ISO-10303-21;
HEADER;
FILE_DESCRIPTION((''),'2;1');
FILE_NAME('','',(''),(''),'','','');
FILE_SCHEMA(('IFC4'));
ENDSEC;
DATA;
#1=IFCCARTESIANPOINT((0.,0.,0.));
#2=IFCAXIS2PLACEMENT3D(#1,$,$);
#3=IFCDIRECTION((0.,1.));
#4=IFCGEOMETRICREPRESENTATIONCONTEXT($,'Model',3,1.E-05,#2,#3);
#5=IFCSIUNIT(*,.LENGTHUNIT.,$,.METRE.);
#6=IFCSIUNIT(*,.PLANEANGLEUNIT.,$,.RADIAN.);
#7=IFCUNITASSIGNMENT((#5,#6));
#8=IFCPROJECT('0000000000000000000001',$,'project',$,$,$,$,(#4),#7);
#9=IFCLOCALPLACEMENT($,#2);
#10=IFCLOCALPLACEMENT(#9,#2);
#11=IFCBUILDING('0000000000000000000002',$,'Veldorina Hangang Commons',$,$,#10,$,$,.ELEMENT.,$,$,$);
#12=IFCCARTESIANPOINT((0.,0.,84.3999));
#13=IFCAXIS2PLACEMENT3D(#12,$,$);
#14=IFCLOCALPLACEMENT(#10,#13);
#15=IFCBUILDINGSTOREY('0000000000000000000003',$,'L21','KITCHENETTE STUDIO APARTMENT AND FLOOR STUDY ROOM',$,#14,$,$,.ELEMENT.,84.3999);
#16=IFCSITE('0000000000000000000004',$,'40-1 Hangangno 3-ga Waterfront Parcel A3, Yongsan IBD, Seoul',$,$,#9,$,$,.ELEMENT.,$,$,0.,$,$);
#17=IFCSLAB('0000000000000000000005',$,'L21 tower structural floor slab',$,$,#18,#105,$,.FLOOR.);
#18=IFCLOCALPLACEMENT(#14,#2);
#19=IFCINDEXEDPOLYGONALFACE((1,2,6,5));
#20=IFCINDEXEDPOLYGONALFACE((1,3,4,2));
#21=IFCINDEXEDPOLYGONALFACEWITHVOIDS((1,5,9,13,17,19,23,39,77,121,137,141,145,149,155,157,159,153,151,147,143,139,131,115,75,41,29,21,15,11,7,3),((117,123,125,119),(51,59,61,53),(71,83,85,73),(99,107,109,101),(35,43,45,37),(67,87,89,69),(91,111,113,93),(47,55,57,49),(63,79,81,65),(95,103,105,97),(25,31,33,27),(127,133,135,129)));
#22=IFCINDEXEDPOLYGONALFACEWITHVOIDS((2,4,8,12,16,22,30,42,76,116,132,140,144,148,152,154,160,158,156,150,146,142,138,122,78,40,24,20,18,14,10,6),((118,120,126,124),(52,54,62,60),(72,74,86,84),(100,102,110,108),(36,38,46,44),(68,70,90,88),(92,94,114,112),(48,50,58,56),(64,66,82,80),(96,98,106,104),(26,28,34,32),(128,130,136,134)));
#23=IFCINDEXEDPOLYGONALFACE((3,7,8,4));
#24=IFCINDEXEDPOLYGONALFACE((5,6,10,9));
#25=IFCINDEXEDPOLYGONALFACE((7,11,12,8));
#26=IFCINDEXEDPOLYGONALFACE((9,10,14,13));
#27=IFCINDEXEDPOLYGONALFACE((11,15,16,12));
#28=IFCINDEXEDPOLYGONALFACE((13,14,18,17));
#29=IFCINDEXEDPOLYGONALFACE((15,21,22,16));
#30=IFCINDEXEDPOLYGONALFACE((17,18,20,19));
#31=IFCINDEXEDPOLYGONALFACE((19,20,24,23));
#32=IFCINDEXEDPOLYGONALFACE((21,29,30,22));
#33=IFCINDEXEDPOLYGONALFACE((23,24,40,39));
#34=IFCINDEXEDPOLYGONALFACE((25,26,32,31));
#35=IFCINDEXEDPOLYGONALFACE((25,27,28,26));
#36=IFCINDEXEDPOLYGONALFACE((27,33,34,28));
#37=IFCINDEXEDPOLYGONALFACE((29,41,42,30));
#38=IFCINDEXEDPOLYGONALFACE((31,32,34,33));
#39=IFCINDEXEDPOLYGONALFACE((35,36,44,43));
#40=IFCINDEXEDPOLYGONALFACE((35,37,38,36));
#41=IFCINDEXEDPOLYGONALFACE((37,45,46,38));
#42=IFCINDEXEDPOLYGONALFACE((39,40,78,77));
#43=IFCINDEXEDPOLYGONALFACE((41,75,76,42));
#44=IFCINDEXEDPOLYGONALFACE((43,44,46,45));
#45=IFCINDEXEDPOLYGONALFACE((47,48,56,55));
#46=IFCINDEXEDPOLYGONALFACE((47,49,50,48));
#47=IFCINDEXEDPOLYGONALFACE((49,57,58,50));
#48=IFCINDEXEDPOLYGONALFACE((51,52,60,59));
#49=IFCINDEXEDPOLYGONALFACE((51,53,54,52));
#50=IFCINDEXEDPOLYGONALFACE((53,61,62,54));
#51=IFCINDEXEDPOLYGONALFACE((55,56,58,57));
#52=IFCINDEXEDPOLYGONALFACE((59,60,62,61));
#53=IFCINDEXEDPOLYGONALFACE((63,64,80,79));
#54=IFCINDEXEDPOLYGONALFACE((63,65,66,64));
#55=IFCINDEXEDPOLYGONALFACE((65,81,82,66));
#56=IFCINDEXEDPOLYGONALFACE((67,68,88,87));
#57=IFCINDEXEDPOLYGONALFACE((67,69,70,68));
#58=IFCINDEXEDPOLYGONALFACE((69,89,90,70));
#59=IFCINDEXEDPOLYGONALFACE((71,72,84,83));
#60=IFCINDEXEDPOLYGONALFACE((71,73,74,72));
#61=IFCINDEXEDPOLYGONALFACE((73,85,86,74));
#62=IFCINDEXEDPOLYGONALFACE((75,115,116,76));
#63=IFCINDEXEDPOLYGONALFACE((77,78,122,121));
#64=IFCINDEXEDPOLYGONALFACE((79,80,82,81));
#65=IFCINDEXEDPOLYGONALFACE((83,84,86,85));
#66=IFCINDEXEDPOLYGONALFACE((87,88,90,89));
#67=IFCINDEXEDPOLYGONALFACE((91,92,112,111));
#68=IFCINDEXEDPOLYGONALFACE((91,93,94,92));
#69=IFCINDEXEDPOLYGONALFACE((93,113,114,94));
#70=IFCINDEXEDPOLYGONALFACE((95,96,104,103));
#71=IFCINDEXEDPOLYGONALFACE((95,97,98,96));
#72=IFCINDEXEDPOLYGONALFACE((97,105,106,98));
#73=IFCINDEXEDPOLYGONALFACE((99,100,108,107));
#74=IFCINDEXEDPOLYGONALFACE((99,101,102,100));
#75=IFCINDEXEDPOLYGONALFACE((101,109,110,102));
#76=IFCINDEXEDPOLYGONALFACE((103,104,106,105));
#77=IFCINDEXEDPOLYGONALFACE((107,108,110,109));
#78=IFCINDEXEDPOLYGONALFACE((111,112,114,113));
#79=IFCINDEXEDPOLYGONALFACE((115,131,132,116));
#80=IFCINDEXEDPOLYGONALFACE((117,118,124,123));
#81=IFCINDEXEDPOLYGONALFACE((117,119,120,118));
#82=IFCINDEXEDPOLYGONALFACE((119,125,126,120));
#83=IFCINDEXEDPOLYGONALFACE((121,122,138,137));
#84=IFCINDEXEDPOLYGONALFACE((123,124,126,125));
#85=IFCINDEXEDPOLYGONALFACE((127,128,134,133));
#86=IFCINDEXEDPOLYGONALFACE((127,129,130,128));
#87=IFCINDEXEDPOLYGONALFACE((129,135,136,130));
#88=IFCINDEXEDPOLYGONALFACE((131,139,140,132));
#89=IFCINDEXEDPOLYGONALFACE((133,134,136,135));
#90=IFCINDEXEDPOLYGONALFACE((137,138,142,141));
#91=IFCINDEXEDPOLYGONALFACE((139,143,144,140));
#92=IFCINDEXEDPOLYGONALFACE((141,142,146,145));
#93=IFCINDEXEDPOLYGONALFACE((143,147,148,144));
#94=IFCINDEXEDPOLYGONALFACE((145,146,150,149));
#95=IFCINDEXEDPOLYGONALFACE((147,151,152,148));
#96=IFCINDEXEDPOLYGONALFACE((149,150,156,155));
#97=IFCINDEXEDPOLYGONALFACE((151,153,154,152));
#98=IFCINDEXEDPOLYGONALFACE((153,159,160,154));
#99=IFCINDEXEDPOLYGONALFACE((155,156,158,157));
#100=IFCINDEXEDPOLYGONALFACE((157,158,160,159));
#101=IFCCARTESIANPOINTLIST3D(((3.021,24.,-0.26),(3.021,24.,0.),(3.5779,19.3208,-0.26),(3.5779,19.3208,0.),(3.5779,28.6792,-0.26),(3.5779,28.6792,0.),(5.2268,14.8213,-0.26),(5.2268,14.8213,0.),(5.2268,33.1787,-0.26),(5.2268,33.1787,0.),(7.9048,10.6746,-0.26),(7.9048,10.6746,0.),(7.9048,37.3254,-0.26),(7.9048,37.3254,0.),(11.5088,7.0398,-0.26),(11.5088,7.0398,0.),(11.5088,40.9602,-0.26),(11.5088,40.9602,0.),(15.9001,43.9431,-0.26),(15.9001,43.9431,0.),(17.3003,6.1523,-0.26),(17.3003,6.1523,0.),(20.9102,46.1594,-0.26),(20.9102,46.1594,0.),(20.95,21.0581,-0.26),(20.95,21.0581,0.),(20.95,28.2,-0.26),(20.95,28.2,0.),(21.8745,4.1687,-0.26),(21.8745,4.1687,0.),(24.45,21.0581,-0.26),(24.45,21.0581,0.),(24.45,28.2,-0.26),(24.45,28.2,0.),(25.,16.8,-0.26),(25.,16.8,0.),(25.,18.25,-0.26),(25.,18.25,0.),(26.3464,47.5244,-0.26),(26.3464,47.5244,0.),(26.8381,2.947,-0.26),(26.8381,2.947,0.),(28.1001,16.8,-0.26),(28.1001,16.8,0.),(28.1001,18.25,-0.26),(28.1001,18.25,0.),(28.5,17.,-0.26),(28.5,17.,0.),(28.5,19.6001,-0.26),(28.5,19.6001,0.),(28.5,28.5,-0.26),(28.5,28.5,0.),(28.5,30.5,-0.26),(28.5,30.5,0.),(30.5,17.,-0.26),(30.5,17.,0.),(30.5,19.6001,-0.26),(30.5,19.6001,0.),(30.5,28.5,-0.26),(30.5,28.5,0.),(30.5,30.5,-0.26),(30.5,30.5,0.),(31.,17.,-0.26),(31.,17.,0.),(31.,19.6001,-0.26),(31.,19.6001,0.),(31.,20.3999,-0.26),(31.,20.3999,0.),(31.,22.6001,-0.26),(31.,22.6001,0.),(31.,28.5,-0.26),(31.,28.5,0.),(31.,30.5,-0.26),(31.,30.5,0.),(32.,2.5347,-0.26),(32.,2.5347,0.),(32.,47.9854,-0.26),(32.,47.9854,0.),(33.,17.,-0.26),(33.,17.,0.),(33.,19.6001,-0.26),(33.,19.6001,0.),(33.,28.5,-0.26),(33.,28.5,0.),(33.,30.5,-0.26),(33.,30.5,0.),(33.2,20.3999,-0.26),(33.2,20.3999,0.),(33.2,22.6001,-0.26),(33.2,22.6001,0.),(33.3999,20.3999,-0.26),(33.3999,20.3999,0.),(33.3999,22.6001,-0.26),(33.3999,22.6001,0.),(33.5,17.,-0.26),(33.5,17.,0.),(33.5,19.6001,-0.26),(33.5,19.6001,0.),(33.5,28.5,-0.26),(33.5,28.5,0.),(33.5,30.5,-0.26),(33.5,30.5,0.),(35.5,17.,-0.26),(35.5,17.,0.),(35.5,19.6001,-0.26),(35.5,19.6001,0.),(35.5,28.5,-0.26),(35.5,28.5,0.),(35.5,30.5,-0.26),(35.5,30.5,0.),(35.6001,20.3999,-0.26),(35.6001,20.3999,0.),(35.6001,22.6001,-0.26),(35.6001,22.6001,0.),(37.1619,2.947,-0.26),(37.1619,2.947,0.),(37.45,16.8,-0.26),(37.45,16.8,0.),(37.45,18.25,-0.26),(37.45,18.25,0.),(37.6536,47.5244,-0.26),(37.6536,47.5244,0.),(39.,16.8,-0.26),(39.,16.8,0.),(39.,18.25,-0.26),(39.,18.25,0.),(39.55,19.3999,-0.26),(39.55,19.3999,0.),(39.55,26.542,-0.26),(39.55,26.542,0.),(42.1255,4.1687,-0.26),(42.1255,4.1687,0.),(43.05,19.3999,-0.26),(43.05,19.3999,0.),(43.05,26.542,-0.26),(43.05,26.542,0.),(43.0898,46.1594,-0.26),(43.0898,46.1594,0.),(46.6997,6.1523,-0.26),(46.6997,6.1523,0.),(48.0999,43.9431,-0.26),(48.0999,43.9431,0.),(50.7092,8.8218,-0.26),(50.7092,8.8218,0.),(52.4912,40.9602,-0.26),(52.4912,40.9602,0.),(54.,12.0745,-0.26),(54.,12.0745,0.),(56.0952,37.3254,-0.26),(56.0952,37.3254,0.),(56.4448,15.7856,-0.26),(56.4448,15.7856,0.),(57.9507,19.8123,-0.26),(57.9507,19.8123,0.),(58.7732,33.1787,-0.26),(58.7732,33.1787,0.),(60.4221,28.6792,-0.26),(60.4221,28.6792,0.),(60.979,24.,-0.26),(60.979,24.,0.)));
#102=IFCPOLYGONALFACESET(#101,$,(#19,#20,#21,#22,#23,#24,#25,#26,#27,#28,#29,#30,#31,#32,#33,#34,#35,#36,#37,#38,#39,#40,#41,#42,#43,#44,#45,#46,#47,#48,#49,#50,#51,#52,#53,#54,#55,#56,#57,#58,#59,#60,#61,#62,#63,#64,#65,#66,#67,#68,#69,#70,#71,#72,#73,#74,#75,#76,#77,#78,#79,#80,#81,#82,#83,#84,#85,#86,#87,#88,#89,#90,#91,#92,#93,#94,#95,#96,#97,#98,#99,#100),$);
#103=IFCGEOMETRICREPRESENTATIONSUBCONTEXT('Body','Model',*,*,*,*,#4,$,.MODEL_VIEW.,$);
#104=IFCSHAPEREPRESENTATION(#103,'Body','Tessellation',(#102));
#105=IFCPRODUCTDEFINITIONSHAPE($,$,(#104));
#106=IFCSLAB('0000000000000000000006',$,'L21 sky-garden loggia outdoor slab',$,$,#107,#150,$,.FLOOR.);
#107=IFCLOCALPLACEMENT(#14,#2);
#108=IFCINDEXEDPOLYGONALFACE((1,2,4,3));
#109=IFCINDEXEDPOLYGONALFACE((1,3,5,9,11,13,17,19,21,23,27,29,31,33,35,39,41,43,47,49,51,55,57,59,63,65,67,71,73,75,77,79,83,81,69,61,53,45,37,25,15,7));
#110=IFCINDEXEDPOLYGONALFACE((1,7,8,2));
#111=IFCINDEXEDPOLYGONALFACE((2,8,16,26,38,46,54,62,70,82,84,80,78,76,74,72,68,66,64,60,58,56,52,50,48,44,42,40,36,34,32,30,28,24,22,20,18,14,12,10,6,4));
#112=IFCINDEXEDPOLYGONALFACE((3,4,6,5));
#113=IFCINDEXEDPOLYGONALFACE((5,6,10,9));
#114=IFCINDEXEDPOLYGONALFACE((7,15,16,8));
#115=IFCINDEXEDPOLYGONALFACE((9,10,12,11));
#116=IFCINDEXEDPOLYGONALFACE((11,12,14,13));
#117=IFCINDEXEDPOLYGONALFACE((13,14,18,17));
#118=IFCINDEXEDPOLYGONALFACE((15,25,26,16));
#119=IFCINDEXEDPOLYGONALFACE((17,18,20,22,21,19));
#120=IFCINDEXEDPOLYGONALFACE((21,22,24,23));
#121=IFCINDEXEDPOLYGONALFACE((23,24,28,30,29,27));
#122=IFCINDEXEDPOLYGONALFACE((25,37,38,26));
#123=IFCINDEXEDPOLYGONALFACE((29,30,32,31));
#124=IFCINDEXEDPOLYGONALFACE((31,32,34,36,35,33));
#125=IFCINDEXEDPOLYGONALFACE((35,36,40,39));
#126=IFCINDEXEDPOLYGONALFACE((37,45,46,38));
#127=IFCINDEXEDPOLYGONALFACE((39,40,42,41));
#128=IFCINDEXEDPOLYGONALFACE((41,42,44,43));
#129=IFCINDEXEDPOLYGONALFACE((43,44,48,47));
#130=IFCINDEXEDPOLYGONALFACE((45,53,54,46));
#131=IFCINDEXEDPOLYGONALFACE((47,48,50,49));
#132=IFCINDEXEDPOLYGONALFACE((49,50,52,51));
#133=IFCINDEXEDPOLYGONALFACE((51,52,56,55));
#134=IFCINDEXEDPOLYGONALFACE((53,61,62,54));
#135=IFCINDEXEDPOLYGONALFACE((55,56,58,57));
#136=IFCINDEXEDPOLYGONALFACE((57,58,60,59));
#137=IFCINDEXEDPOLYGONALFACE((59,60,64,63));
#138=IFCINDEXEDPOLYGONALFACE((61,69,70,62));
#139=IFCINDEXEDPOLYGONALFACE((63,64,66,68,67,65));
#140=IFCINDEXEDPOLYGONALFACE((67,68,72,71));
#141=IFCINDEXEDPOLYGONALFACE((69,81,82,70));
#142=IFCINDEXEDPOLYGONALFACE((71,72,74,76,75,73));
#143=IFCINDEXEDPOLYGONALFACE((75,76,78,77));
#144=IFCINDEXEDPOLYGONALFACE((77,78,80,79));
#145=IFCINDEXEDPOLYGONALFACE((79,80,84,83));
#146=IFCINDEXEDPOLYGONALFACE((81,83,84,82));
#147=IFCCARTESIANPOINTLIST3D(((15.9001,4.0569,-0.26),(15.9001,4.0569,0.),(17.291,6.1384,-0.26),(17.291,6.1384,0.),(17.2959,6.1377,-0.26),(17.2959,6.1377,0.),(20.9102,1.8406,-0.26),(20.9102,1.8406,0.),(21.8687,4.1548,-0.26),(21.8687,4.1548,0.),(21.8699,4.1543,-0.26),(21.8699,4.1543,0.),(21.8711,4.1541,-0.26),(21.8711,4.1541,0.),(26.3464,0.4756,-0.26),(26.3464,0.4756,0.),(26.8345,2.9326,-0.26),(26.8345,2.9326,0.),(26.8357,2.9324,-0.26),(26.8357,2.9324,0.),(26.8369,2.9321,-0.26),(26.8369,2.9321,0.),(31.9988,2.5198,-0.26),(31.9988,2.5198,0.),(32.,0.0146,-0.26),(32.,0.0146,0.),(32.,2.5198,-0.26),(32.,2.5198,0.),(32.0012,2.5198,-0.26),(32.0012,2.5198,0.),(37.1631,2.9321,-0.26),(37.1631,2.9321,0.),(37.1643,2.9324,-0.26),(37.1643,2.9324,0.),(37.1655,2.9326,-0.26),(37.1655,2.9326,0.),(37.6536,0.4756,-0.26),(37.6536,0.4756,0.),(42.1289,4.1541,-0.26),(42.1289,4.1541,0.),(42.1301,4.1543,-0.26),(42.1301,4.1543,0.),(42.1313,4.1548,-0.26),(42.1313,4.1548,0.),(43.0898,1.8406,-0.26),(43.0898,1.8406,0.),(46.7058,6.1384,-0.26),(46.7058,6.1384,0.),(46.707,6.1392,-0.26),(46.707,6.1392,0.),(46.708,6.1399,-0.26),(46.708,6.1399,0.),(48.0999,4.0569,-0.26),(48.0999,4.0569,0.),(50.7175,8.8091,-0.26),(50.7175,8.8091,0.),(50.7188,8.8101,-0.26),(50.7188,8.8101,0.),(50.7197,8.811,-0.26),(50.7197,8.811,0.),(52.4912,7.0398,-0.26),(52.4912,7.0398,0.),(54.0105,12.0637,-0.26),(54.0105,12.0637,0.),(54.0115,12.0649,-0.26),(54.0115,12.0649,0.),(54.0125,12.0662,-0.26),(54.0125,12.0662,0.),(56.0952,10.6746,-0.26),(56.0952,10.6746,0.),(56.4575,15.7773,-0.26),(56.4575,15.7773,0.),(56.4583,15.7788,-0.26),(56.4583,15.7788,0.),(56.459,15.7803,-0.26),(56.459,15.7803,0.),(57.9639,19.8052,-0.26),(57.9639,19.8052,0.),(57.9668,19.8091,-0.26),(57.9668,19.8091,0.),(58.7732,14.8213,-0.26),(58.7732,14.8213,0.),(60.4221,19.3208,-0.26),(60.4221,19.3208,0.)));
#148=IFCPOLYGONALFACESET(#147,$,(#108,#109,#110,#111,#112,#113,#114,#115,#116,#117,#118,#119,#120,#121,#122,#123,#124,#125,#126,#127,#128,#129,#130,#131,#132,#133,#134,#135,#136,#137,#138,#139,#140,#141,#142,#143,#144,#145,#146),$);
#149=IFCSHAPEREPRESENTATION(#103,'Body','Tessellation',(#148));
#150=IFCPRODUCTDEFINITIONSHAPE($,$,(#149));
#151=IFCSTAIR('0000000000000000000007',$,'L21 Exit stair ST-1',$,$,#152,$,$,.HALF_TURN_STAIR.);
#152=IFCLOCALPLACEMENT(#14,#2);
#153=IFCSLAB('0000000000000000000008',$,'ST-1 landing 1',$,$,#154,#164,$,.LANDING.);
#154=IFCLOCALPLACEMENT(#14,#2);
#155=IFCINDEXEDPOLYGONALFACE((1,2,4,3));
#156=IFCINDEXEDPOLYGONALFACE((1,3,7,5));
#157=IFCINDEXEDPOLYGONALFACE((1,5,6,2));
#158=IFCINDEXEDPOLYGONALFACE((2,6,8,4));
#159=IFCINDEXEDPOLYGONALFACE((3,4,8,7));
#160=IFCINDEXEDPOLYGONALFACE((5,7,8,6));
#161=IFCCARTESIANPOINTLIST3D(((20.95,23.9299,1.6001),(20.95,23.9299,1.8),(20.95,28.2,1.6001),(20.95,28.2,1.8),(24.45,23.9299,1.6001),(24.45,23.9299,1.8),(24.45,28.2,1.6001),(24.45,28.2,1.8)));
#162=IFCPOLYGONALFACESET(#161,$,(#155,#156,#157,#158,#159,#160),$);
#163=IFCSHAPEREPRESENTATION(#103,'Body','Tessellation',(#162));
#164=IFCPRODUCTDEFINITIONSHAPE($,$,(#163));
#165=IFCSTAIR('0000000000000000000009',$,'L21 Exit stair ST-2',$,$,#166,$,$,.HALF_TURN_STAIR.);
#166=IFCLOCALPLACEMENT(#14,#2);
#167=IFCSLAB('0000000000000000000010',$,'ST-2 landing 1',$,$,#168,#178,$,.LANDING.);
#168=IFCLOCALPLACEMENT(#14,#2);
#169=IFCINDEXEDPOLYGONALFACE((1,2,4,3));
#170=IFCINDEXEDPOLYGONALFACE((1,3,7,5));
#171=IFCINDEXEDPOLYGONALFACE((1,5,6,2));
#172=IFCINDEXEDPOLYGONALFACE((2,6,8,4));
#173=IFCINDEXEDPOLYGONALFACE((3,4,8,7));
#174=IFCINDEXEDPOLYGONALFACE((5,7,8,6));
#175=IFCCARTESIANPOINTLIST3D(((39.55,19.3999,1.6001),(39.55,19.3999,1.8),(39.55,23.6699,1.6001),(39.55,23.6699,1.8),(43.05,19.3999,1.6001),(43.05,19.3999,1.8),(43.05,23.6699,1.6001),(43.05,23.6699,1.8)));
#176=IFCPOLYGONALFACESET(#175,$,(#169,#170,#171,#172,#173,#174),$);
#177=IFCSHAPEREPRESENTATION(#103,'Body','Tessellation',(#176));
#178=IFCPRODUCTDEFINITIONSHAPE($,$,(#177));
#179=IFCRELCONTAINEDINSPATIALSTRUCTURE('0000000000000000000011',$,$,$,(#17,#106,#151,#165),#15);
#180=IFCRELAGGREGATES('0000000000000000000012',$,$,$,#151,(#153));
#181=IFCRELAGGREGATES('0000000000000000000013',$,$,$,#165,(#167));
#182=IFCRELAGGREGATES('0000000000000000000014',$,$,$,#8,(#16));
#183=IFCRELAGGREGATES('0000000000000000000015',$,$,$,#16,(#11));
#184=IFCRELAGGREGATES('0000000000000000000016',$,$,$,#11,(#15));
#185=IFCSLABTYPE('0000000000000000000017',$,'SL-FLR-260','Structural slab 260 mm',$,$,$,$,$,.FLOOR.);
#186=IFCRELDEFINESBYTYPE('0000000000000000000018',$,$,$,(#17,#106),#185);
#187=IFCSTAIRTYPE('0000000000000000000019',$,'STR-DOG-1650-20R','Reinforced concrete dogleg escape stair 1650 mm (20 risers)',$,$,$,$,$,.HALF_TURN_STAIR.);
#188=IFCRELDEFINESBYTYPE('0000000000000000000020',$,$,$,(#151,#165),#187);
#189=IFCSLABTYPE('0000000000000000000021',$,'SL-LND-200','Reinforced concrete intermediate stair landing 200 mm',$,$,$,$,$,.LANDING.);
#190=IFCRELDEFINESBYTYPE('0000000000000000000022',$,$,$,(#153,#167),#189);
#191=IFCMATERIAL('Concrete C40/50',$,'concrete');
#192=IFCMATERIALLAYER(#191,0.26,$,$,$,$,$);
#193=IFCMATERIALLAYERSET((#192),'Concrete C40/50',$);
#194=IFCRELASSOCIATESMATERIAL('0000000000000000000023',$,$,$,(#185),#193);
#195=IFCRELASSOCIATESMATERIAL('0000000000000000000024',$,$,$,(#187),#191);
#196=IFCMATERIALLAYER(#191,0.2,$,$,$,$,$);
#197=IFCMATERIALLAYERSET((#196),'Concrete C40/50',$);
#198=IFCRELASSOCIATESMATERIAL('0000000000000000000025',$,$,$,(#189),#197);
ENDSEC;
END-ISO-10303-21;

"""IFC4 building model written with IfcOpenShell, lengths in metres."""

from ifc_helpers import new_model, si_unit, direction, frame, origin, place, context, subcontext, project, spatial, polyline, outline, extrude, material, layer, layer_set, type_object, element, aggregate, save


model = new_model("IFC4")

# Units and contexts
model_context = context("Model", 3, precision=1e-05, world=origin(), true_north=direction((0.0, 1.0)))
body_context = subcontext(model_context, "Body", "Model", "MODEL_VIEW")
ifc_project = project(units=[si_unit("LENGTHUNIT", "METRE"), si_unit("PLANEANGLEUNIT", "RADIAN")], contexts=[model_context])

# Site, building, storey
site_placement = place(None, origin())
site = spatial("IfcSite", under=ifc_project, at=site_placement, Name="40-1 Hangangno 3-ga Waterfront Parcel A3, Yongsan IBD, Seoul", CompositionType="ELEMENT", RefElevation=0.0)
building_placement = place(site_placement, origin())
building = spatial("IfcBuilding", under=site, at=building_placement, Name="Veldorina Hangang Commons", CompositionType="ELEMENT")
storey_placement = place(building_placement, frame((0.0, 0.0, 84.3999)))
storey = spatial("IfcBuildingStorey", under=building, at=storey_placement, Name="L21", Description="KITCHENETTE STUDIO APARTMENT AND FLOOR STUDY ROOM", CompositionType="ELEMENT", Elevation=84.3999)

# Slabs
ifc_material_1 = material(Name="Concrete C40/50", Category="concrete")
ifc_layer_1 = layer(ifc_material_1, 0.26)
ifc_layer_set_1 = layer_set([ifc_layer_1], Name="Concrete C40/50")
slab_type_1 = type_object("IfcSlabType", Name="SL-FLR-260", Description="Structural slab 260 mm", PredefinedType="FLOOR", material=ifc_layer_set_1)
slab_1_placement = place(storey_placement, frame((0.0, 0.0, -0.26)))
element("IfcSlab", 1, at=slab_1_placement, inside=storey, type_object=slab_type_1, Name="L21 tower structural floor slab", PredefinedType="FLOOR", context=body_context, shape_type="SweptSolid", body=[
    extrude(outline(polyline([(60.979, 24.0), (60.4221, 28.6792), (58.7732, 33.1787), (56.0952, 37.3254), (52.4912, 40.9602), (48.0999, 43.9431), (43.0898, 46.1594), (37.6536, 47.5244), (32.0, 47.9854), (26.3464, 47.5244), (20.9102, 46.1594), (15.9001, 43.9431), (11.5088, 40.9602), (7.9048, 37.3254), (5.2268, 33.1787), (3.5779, 28.6792), (3.021, 24.0), (3.5779, 19.3208), (5.2268, 14.8213), (7.9048, 10.6746), (11.5088, 7.0398), (17.3003, 6.1523), (21.8745, 4.1687), (26.8381, 2.947), (32.0, 2.5347), (37.1619, 2.947), (42.1255, 4.1687), (46.6997, 6.1523), (50.7092, 8.8218), (54.0, 12.0745), (56.4448, 15.7856), (57.9507, 19.8123), (60.979, 24.0)]), holes=[polyline([(20.95, 21.0581), (20.95, 28.2), (24.45, 28.2), (24.45, 21.0581), (20.95, 21.0581)]), polyline([(43.05, 26.542), (43.05, 19.3999), (39.55, 19.3999), (39.55, 26.542), (43.05, 26.542)]), polyline([(28.5, 30.5), (30.5, 30.5), (30.5, 28.5), (28.5, 28.5), (28.5, 30.5)]), polyline([(31.0, 30.5), (33.0, 30.5), (33.0, 28.5), (31.0, 28.5), (31.0, 30.5)]), polyline([(33.5, 30.5), (35.5, 30.5), (35.5, 28.5), (33.5, 28.5), (33.5, 30.5)]), polyline([(31.0, 22.6001), (33.2, 22.6001), (33.2, 20.3999), (31.0, 20.3999), (31.0, 22.6001)]), polyline([(33.3999, 22.6001), (35.6001, 22.6001), (35.6001, 20.3999), (33.3999, 20.3999), (33.3999, 22.6001)]), polyline([(28.5, 19.6001), (30.5, 19.6001), (30.5, 17.0), (28.5, 17.0), (28.5, 19.6001)]), polyline([(31.0, 19.6001), (33.0, 19.6001), (33.0, 17.0), (31.0, 17.0), (31.0, 19.6001)]), polyline([(33.5, 19.6001), (35.5, 19.6001), (35.5, 17.0), (33.5, 17.0), (33.5, 19.6001)]), polyline([(25.0, 18.25), (28.1001, 18.25), (28.1001, 16.8), (25.0, 16.8), (25.0, 18.25)]), polyline([(37.45, 18.25), (39.0, 18.25), (39.0, 16.8), (37.45, 16.8), (37.45, 18.25)])]), origin(), (0.0, 0.0, 1.0), 0.26),
])
slab_2_placement = place(storey_placement, frame((0.0, 0.0, -0.26)))
element("IfcSlab", 2, at=slab_2_placement, inside=storey, type_object=slab_type_1, Name="L21 sky-garden loggia outdoor slab", PredefinedType="FLOOR", context=body_context, shape_type="SweptSolid", body=[
    extrude(outline(polyline([(60.4221, 19.3208), (58.7732, 14.8213), (56.0952, 10.6746), (52.4912, 7.0398), (48.0999, 4.0569), (43.0898, 1.8406), (37.6536, 0.4756), (32.0, 0.0146), (26.3464, 0.4756), (20.9102, 1.8406), (15.9001, 4.0569), (17.291, 6.1384), (17.2959, 6.1377), (21.8687, 4.1548), (21.8699, 4.1543), (21.8711, 4.1541), (26.8345, 2.9326), (26.8357, 2.9324), (26.8369, 2.9321), (31.9988, 2.5198), (32.0, 2.5198), (32.0012, 2.5198), (37.1631, 2.9321), (37.1643, 2.9324), (37.1655, 2.9326), (42.1289, 4.1541), (42.1301, 4.1543), (42.1313, 4.1548), (46.7058, 6.1384), (46.707, 6.1392), (46.708, 6.1399), (50.7175, 8.8091), (50.7188, 8.8101), (50.7197, 8.811), (54.0105, 12.0637), (54.0115, 12.0649), (54.0125, 12.0662), (56.4575, 15.7773), (56.4583, 15.7788), (56.459, 15.7803), (57.9639, 19.8052), (57.9668, 19.8091), (60.4221, 19.3208)])), origin(), (0.0, 0.0, 1.0), 0.26),
])

# Stairs, slabs
stair_type = type_object("IfcStairType", Name="STR-DOG-1650-20R", Description="Reinforced concrete dogleg escape stair 1650 mm (20 risers)", PredefinedType="HALF_TURN_STAIR", material=ifc_material_1)
stair_1_placement = place(storey_placement, origin())
stair_1 = element("IfcStair", 3, at=stair_1_placement, inside=storey, type_object=stair_type, Name="L21 Exit stair ST-1", PredefinedType="HALF_TURN_STAIR")
ifc_layer_2 = layer(ifc_material_1, 0.2)
ifc_layer_set_2 = layer_set([ifc_layer_2], Name="Concrete C40/50")
slab_type_2 = type_object("IfcSlabType", Name="SL-LND-200", Description="Reinforced concrete intermediate stair landing 200 mm", PredefinedType="LANDING", material=ifc_layer_set_2)
slab_3_placement = place(storey_placement, frame((0.0, 0.0, 1.6001)))
slab_3 = element("IfcSlab", 4, at=slab_3_placement, type_object=slab_type_2, Name="ST-1 landing 1", PredefinedType="LANDING", context=body_context, shape_type="SweptSolid", body=[
    extrude(outline(polyline([(24.45, 23.9299), (24.45, 28.2), (20.95, 28.2), (20.95, 23.9299), (24.45, 23.9299)])), origin(), (0.0, 0.0, 1.0), 0.2),
])
aggregate(stair_1, [slab_3])
stair_2_placement = place(storey_placement, origin())
stair_2 = element("IfcStair", 5, at=stair_2_placement, inside=storey, type_object=stair_type, Name="L21 Exit stair ST-2", PredefinedType="HALF_TURN_STAIR")
slab_4_placement = place(storey_placement, frame((0.0, 0.0, 1.6001)))
slab_4 = element("IfcSlab", 6, at=slab_4_placement, type_object=slab_type_2, Name="ST-2 landing 1", PredefinedType="LANDING", context=body_context, shape_type="SweptSolid", body=[
    extrude(outline(polyline([(39.55, 23.6699), (39.55, 19.3999), (43.05, 19.3999), (43.05, 23.6699), (39.55, 23.6699)])), origin(), (0.0, 0.0, 1.0), 0.2),
])
aggregate(stair_2, [slab_4])

save(model, "model.ifc")
